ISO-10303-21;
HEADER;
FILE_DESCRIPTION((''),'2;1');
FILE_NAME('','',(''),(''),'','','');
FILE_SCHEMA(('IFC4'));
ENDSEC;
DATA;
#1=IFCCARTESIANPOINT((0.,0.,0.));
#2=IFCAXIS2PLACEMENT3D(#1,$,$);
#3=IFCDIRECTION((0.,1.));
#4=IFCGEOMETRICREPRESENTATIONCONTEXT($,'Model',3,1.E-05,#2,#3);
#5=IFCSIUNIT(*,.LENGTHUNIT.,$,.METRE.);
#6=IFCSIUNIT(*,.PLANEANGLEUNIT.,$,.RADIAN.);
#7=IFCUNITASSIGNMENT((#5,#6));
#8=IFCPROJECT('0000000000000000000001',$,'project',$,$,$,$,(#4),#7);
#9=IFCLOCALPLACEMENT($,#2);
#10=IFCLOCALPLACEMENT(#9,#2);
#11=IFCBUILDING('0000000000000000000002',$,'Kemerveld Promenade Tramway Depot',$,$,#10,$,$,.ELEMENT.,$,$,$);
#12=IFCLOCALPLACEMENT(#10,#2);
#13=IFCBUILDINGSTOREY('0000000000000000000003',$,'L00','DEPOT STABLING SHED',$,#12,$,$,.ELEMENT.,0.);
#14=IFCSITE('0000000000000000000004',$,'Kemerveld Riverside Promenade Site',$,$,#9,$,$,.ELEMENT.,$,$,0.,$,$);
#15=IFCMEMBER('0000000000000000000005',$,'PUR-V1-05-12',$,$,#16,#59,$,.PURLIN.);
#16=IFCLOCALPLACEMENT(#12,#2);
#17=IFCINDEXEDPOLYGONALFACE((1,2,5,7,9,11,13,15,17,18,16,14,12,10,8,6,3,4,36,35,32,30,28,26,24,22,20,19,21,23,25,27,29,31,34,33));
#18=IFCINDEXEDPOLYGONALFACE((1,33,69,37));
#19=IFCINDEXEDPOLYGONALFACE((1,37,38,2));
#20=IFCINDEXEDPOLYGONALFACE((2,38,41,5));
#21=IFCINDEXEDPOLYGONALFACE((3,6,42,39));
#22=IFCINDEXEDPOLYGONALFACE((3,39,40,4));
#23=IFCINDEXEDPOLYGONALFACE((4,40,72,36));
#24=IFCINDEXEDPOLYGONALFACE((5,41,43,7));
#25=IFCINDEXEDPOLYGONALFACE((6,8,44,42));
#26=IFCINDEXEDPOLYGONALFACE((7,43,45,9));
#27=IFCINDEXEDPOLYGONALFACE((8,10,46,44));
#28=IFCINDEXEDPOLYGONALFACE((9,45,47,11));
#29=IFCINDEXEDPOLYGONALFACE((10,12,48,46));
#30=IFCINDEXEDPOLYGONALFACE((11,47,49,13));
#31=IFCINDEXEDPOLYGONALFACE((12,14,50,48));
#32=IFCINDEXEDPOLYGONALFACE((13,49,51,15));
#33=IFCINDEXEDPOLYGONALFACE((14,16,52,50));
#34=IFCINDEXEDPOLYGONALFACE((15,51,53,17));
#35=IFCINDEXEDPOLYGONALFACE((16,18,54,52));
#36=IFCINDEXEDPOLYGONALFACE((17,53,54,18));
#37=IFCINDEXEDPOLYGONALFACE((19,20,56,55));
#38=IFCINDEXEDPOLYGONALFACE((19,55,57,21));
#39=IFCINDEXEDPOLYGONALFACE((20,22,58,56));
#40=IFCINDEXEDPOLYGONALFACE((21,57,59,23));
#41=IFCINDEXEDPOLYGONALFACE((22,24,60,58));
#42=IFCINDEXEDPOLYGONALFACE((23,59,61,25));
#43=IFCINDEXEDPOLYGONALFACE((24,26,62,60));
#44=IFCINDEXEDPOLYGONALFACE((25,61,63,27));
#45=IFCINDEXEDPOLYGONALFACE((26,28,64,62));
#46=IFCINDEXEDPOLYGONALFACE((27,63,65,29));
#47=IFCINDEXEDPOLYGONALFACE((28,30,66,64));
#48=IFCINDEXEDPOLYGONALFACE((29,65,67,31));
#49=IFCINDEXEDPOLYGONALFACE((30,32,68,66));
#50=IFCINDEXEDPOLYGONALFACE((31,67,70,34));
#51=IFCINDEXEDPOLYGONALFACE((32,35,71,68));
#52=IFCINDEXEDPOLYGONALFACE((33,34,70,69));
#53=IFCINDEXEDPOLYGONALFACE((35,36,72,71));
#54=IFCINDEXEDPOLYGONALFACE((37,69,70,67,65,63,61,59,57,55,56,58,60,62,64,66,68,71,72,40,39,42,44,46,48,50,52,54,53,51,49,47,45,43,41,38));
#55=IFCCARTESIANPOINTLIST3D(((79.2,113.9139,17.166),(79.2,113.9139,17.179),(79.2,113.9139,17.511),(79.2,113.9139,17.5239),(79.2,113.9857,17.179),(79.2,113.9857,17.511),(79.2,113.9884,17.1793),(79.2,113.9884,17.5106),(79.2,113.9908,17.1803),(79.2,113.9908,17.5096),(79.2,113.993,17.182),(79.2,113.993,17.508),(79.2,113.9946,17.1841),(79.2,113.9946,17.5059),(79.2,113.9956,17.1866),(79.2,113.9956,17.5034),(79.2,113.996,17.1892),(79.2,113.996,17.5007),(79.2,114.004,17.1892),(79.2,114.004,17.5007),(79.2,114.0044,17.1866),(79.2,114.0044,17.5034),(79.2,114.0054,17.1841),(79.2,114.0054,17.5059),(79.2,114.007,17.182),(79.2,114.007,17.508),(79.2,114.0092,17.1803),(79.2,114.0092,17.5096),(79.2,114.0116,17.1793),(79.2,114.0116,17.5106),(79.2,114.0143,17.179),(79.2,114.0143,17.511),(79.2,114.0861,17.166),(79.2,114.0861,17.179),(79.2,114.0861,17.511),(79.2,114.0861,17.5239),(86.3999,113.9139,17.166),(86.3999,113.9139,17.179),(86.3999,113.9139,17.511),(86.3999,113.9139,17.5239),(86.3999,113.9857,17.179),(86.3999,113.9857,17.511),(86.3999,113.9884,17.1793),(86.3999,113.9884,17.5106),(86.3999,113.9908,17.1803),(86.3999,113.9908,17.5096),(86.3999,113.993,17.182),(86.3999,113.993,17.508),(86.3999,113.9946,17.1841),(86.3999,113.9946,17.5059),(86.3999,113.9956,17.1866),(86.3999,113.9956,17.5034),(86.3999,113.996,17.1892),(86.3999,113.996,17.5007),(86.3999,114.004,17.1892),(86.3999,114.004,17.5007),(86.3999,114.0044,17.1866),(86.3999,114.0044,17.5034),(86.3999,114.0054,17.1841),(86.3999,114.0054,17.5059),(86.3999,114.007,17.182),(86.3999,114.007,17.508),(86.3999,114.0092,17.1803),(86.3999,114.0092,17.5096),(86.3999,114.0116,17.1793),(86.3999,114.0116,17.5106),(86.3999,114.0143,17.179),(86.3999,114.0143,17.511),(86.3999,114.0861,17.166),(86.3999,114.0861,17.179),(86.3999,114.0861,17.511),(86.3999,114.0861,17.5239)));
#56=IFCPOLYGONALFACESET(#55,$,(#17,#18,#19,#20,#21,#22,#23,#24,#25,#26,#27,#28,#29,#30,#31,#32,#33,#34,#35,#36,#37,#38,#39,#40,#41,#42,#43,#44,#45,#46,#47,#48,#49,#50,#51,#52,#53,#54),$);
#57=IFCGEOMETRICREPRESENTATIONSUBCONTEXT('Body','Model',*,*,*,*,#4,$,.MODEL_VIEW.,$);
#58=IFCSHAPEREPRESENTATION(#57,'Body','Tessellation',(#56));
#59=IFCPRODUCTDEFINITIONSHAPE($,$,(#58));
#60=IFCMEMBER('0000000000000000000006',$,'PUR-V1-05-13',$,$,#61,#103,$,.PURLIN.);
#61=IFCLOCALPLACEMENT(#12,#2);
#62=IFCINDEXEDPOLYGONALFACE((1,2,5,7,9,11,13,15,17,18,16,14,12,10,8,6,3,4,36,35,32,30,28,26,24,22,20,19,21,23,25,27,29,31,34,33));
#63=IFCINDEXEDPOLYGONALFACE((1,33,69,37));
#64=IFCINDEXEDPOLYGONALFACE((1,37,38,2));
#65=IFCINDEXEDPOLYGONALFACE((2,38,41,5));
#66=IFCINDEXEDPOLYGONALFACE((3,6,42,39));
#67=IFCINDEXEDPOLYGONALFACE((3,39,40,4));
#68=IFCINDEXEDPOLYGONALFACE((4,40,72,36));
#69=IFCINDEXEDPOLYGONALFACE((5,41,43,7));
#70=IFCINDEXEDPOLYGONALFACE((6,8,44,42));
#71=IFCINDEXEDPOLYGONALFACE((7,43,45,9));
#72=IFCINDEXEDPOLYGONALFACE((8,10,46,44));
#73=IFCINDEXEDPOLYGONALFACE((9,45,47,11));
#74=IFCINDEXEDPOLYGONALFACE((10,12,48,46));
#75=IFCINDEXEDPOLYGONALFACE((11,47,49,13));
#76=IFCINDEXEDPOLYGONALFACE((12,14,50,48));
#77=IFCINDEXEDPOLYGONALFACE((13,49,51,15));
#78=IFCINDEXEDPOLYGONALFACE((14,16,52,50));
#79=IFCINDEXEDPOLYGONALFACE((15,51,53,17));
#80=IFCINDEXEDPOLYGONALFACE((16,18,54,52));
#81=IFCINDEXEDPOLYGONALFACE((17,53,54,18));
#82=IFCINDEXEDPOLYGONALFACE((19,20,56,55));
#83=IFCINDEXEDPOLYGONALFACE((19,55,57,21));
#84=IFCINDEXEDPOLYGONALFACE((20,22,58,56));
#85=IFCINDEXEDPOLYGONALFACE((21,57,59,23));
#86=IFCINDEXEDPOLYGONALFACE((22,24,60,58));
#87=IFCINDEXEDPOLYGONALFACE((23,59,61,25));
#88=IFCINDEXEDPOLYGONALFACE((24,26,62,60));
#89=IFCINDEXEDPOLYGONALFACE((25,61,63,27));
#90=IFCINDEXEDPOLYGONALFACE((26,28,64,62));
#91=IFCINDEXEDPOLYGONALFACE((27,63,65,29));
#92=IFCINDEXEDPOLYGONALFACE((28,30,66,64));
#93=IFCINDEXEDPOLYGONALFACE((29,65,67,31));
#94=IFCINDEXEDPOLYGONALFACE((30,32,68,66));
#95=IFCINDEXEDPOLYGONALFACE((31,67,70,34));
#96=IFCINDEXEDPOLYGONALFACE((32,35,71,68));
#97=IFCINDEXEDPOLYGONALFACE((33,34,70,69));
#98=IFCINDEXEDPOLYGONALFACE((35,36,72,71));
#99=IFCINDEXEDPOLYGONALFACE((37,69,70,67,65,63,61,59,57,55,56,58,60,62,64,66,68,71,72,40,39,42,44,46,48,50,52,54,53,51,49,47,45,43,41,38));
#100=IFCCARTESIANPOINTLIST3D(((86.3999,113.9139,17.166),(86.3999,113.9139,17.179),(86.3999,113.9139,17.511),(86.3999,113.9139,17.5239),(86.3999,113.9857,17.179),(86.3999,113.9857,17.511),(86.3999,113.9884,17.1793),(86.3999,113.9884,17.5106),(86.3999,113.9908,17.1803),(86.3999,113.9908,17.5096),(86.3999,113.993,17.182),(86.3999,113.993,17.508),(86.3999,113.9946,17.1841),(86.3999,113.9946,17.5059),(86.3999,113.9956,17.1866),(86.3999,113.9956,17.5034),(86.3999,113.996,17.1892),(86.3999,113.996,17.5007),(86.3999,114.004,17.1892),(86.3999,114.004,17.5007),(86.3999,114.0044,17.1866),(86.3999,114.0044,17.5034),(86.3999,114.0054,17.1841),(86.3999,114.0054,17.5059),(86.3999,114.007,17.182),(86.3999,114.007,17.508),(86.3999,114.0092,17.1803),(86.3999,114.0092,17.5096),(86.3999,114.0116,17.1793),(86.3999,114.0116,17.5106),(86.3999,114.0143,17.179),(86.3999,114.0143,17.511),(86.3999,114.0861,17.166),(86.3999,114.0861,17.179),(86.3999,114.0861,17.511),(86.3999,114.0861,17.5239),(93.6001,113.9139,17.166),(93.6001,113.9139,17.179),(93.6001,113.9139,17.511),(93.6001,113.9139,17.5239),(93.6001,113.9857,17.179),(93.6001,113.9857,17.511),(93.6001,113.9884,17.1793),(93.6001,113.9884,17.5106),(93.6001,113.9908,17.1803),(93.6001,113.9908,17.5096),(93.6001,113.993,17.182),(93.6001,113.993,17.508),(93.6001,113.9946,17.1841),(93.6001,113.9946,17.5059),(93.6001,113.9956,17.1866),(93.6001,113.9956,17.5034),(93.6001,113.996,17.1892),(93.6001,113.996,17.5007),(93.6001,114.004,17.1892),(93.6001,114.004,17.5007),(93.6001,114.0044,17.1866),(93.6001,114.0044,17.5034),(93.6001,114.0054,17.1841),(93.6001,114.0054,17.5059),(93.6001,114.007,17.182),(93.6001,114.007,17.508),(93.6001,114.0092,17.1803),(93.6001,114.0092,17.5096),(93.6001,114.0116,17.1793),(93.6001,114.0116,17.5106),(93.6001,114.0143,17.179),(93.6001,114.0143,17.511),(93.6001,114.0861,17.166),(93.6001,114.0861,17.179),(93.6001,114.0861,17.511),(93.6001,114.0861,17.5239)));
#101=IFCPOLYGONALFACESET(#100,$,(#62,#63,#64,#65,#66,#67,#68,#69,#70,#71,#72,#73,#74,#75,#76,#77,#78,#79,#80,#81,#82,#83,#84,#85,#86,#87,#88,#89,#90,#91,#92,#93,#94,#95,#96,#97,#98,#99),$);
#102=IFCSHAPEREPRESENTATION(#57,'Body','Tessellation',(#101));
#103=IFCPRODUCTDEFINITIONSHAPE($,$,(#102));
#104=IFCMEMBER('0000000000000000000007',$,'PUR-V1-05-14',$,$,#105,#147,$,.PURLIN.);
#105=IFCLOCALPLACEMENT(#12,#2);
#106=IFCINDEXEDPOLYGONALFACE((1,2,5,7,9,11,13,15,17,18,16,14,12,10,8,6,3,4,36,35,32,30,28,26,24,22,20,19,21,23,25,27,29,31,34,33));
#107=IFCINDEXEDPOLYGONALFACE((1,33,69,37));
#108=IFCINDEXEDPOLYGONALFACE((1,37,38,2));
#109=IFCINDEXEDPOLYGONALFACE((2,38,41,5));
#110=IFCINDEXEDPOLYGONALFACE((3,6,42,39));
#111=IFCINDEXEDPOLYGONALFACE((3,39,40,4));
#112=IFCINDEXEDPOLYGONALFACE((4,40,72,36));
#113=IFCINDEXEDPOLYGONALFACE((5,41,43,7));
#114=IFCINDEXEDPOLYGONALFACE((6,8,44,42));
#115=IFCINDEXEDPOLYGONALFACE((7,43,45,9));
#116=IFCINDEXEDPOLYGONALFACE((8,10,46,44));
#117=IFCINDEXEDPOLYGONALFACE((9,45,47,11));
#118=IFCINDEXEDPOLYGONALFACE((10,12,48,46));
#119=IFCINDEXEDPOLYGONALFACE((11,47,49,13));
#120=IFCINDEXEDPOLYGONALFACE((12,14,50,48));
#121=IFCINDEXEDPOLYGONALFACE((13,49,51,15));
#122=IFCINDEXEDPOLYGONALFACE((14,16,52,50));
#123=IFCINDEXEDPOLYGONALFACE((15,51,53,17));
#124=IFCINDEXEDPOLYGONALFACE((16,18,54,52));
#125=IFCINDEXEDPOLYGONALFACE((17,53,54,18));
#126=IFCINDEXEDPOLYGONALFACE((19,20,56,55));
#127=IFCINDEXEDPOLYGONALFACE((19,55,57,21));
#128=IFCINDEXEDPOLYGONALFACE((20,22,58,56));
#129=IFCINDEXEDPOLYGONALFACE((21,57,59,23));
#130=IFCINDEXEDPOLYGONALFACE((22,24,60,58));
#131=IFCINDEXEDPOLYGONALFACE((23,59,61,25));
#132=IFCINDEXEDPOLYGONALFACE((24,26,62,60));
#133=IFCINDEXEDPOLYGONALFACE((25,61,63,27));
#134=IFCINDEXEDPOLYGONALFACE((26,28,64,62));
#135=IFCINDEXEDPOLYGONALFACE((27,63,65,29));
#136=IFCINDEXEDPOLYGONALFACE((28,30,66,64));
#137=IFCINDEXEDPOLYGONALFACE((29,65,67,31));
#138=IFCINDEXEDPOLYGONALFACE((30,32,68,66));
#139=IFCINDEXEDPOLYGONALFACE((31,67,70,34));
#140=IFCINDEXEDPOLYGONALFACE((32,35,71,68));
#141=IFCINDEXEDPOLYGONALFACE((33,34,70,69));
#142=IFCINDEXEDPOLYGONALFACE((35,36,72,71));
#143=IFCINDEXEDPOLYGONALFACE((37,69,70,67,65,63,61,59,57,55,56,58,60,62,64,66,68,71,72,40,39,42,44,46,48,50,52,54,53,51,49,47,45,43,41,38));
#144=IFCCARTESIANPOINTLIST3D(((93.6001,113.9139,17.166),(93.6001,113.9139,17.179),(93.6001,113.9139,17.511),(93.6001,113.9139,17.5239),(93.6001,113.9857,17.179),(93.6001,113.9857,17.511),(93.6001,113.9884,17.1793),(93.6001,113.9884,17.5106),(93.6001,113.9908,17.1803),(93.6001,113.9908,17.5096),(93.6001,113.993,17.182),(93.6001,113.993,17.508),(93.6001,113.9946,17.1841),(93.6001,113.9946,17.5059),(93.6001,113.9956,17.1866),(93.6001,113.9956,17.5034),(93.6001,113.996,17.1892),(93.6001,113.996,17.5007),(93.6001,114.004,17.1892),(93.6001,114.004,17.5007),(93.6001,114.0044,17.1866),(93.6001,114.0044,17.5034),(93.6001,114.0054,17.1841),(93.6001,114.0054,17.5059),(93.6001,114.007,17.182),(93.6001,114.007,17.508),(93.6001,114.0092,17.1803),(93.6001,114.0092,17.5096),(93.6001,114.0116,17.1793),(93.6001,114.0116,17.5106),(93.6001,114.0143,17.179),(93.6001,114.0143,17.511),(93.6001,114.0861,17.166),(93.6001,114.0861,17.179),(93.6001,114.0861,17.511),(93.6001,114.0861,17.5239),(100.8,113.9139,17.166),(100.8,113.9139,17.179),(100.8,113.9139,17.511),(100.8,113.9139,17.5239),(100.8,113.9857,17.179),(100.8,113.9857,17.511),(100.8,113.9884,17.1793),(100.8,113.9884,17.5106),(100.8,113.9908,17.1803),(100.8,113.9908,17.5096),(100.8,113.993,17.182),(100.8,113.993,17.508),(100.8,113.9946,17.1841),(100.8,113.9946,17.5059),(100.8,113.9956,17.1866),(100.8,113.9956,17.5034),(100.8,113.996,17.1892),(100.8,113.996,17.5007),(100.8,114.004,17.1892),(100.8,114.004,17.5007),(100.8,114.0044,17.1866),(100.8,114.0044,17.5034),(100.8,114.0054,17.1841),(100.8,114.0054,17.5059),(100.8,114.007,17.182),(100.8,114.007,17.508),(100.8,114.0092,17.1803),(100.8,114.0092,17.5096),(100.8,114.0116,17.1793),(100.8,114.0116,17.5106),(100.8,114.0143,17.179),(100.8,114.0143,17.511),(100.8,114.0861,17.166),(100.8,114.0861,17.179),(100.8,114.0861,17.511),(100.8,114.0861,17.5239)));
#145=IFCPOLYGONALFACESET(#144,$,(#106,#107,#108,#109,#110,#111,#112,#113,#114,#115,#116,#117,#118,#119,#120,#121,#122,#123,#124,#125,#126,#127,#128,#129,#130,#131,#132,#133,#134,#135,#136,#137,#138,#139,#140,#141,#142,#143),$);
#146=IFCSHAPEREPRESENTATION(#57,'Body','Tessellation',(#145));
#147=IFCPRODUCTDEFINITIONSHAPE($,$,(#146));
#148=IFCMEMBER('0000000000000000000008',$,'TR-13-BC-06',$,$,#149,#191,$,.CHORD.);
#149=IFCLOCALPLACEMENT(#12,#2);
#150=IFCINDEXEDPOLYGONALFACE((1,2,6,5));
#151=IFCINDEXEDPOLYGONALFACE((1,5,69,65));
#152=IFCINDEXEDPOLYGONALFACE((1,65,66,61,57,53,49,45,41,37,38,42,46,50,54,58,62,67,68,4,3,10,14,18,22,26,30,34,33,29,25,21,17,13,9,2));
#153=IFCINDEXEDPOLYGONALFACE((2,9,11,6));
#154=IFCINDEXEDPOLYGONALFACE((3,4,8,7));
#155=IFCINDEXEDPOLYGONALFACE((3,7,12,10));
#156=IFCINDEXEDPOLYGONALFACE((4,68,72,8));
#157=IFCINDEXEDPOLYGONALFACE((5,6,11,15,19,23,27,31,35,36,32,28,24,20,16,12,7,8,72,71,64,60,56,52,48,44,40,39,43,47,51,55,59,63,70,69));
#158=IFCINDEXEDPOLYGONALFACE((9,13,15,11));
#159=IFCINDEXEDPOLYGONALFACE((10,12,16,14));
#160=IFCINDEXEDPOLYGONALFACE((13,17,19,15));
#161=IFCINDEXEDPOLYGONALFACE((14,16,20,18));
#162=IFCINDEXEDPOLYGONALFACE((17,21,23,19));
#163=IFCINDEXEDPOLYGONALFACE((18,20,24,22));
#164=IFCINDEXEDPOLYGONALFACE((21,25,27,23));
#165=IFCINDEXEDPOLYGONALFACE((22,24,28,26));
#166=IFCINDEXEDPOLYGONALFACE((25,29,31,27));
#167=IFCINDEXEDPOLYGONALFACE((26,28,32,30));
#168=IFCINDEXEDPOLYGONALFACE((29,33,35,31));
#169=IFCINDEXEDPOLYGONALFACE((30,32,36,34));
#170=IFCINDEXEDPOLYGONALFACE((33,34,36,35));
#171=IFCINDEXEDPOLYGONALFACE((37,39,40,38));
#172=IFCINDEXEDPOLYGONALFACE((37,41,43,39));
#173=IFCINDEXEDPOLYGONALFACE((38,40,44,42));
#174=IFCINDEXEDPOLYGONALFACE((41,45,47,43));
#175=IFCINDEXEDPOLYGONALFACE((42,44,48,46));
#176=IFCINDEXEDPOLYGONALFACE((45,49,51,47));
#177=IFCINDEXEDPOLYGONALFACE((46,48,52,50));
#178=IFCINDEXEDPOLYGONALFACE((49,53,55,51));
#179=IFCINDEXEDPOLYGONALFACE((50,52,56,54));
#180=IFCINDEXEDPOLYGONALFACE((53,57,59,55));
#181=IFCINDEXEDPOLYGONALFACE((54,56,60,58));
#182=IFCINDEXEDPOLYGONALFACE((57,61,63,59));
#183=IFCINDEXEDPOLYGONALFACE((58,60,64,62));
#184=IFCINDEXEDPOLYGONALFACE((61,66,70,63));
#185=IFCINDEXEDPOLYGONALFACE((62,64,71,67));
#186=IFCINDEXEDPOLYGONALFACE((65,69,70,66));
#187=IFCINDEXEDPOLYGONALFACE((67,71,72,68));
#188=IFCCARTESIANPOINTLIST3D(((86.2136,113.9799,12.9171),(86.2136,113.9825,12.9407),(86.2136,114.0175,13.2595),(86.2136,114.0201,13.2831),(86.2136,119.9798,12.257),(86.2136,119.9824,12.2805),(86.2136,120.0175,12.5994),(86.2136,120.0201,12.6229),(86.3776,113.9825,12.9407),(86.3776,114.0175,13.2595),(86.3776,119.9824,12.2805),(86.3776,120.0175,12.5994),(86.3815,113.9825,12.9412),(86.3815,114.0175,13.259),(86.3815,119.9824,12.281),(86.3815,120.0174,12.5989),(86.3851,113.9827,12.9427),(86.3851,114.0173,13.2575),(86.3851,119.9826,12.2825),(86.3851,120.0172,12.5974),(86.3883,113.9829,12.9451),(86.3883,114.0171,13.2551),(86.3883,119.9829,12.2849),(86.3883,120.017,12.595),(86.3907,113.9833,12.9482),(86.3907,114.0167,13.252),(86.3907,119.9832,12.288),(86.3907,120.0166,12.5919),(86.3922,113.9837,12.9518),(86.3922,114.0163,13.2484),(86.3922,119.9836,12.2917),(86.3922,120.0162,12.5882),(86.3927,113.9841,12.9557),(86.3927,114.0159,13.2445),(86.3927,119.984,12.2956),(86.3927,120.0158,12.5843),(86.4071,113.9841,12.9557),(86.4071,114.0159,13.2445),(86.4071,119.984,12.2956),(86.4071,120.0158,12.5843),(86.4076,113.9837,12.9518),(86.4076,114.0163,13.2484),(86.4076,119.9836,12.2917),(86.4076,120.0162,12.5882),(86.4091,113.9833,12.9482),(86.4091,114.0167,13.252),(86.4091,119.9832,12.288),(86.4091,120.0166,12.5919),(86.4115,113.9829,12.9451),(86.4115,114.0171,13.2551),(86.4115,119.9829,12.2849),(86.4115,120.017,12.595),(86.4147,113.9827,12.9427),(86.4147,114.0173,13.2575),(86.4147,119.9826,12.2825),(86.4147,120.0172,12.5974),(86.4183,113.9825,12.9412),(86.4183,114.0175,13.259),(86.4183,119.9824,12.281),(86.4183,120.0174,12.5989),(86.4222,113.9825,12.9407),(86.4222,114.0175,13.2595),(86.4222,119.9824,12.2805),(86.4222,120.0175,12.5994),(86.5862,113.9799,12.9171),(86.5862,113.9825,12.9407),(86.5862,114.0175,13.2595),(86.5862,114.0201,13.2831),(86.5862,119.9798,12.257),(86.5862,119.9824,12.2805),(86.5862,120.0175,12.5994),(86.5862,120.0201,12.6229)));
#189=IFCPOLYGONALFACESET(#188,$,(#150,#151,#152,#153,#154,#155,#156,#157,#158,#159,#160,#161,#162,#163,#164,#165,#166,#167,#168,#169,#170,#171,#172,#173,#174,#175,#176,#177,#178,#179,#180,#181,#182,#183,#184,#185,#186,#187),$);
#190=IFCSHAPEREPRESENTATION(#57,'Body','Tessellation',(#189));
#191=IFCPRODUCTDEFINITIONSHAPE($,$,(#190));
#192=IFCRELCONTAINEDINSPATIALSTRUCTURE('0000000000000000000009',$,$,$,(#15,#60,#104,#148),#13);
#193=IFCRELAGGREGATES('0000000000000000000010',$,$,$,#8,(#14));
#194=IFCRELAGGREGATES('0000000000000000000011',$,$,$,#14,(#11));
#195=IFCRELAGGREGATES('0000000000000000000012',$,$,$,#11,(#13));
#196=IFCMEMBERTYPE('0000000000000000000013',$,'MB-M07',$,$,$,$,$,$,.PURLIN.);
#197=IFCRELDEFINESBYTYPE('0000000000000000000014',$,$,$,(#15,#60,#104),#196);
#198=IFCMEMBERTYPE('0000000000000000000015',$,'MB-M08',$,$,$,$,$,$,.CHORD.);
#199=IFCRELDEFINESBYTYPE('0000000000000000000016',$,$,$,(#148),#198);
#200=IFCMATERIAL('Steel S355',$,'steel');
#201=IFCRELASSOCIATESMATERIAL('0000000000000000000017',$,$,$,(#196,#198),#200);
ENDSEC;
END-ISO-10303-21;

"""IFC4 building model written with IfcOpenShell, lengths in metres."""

from ifc_helpers import new_model, si_unit, direction, frame, origin, origin_2d, place, context, subcontext, project, spatial, i_section, extrude, material, material_profile, profile_set, type_object, element, save


model = new_model("IFC4")

# Units and contexts
model_context = context("Model", 3, precision=1e-05, world=origin(), true_north=direction((0.0, 1.0)))
body_context = subcontext(model_context, "Body", "Model", "MODEL_VIEW")
ifc_project = project(units=[si_unit("LENGTHUNIT", "METRE"), si_unit("PLANEANGLEUNIT", "RADIAN")], contexts=[model_context])

# Site, building, storey
site_placement = place(None, origin())
site = spatial("IfcSite", under=ifc_project, at=site_placement, Name="Kemerveld Riverside Promenade Site", CompositionType="ELEMENT", RefElevation=0.0)
building_placement = place(site_placement, origin())
building = spatial("IfcBuilding", under=site, at=building_placement, Name="Kemerveld Promenade Tramway Depot", CompositionType="ELEMENT")
storey_placement = place(building_placement, origin())
storey = spatial("IfcBuildingStorey", under=building, at=storey_placement, Name="L00", Description="DEPOT STABLING SHED", CompositionType="ELEMENT", Elevation=0.0)

# Members
ifc_material_1 = material(Name="Steel S355", Category="steel")
ifc_material_profile_1 = material_profile(ifc_material_1, i_section(OverallWidth=0.1721, OverallDepth=0.3579, WebThickness=0.0081, FlangeThickness=0.0129, FilletRadius=0.0103, at=origin_2d()), Name="356x171x57 UB")
ifc_profile_set_1 = profile_set([ifc_material_profile_1], Name="Steel S355")
member_type_1 = type_object("IfcMemberType", Name="MB-M07", PredefinedType="PURLIN", material=ifc_profile_set_1)
member_1_placement = place(storey_placement, frame((79.2, 114.0, 17.345), z_axis=(1.0, 0.0, 0.0), x_axis=(0.0, 1.0, 0.0)))
element("IfcMember", 1, at=member_1_placement, inside=storey, type_object=member_type_1, Name="PUR-V1-05-12", PredefinedType="PURLIN", context=body_context, shape_type="SweptSolid", body=[
    extrude(i_section(OverallWidth=0.1721, OverallDepth=0.3579, WebThickness=0.0081, FlangeThickness=0.0129, FilletRadius=0.0103, at=origin_2d()), origin(), (0.0, 0.0, 1.0), 7.2),
])
member_2_placement = place(storey_placement, frame((86.3999, 114.0, 17.345), z_axis=(1.0, 0.0, 0.0), x_axis=(0.0, 1.0, 0.0)))
element("IfcMember", 2, at=member_2_placement, inside=storey, type_object=member_type_1, Name="PUR-V1-05-13", PredefinedType="PURLIN", context=body_context, shape_type="SweptSolid", body=[
    extrude(i_section(OverallWidth=0.1721, OverallDepth=0.3579, WebThickness=0.0081, FlangeThickness=0.0129, FilletRadius=0.0103, at=origin_2d()), origin(), (0.0, 0.0, 1.0), 7.2002),
])
member_3_placement = place(storey_placement, frame((93.6001, 114.0, 17.345), z_axis=(1.0, 0.0, 0.0), x_axis=(0.0, 1.0, 0.0)))
element("IfcMember", 3, at=member_3_placement, inside=storey, type_object=member_type_1, Name="PUR-V1-05-14", PredefinedType="PURLIN", context=body_context, shape_type="SweptSolid", body=[
    extrude(i_section(OverallWidth=0.1721, OverallDepth=0.3579, WebThickness=0.0081, FlangeThickness=0.0129, FilletRadius=0.0103, at=origin_2d()), origin(), (0.0, 0.0, 1.0), 7.2),
])
ifc_material_profile_2 = material_profile(ifc_material_1, i_section(OverallWidth=0.3726, OverallDepth=0.3682, WebThickness=0.0144, FlangeThickness=0.0237, FilletRadius=0.0151, at=origin_2d()), Name="356x368x177 UC")
ifc_profile_set_2 = profile_set([ifc_material_profile_2], Name="Steel S355")
member_type_2 = type_object("IfcMemberType", Name="MB-M08", PredefinedType="CHORD", material=ifc_profile_set_2)
member_4_placement = place(storey_placement, frame((86.3999, 114.0, 13.1001), z_axis=(0.0, 0.994002, -0.109366), x_axis=(-1.0, 0.0, 0.0)))
element("IfcMember", 4, at=member_4_placement, inside=storey, type_object=member_type_2, Name="TR-13-BC-06", PredefinedType="CHORD", context=body_context, shape_type="SweptSolid", body=[
    extrude(i_section(OverallWidth=0.3726, OverallDepth=0.3682, WebThickness=0.0144, FlangeThickness=0.0237, FilletRadius=0.0151, at=origin_2d()), origin(), (0.0, 0.0, 1.0), 6.0361),
])

save(model, "model.ifc")
